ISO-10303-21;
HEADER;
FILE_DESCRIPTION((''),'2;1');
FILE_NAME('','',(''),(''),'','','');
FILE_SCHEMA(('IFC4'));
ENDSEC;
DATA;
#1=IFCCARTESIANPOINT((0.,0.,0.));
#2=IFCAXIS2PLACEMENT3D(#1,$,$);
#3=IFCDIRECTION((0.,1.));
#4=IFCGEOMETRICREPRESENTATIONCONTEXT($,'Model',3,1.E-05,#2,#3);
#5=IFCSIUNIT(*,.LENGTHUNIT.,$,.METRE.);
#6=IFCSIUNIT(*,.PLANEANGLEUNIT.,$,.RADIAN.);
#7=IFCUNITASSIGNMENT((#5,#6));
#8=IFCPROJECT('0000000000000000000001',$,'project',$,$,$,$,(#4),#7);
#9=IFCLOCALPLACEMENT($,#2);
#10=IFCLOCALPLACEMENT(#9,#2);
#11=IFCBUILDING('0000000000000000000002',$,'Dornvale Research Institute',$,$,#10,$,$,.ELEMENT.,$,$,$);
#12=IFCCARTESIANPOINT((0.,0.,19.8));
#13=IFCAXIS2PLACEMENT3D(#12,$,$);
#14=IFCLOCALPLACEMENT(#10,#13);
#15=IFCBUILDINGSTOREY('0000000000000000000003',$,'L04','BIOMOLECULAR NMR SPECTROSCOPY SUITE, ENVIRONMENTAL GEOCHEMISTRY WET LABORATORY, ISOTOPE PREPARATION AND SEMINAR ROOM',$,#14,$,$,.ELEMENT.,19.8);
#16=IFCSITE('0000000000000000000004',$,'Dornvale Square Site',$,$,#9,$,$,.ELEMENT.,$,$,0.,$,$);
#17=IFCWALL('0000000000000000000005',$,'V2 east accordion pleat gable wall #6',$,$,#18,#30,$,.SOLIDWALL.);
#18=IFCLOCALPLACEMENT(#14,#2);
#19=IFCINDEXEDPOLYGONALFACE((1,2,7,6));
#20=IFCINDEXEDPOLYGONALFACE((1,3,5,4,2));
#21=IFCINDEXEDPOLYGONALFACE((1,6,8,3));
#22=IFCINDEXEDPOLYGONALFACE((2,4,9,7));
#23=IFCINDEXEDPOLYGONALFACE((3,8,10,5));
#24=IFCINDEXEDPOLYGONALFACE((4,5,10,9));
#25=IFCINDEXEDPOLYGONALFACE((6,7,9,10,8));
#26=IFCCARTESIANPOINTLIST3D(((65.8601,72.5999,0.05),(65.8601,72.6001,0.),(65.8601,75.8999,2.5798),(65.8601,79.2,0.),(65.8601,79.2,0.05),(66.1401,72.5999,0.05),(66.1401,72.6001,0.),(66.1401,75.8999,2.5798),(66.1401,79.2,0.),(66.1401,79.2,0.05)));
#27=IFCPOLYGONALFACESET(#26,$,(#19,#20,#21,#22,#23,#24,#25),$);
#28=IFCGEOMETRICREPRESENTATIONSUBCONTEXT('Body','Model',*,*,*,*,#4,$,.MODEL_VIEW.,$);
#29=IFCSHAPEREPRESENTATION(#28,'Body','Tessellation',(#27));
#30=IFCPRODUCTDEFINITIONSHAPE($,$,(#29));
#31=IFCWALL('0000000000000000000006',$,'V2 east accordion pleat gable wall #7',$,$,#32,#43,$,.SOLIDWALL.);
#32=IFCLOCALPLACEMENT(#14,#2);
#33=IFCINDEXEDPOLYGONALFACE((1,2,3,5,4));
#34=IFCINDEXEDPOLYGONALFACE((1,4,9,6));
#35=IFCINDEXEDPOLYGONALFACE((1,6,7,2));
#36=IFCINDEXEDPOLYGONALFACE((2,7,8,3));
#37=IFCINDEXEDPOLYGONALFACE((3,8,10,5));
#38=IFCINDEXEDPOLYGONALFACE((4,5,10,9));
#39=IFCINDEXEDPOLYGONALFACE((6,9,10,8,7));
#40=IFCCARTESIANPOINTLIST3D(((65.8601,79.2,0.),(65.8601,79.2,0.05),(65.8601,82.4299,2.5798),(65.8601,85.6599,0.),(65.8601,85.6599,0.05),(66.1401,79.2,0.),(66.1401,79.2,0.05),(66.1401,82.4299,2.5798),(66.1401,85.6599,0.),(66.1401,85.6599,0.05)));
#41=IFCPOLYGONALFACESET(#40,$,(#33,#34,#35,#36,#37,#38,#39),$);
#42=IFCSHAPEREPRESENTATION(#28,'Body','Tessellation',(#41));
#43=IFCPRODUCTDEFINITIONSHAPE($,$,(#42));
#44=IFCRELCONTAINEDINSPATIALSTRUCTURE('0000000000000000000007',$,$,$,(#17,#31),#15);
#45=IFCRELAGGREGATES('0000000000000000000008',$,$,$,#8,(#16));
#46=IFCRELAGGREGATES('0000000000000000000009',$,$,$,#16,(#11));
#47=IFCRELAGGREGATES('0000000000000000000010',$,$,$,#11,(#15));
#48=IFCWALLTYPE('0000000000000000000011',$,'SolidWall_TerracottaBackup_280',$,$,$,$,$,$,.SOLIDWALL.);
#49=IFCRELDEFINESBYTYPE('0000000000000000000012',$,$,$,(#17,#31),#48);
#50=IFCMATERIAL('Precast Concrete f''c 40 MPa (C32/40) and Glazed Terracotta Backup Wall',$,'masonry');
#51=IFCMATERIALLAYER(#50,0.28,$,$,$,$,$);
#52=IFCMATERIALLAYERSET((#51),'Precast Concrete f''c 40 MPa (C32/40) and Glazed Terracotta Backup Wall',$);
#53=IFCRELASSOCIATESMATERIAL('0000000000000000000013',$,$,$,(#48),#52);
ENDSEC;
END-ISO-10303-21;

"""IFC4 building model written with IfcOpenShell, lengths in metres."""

from ifc_helpers import new_model, si_unit, direction, frame, origin, place, context, subcontext, project, spatial, polyline, outline, extrude, material, layer, layer_set, type_object, element, save


model = new_model("IFC4")

# Units and contexts
model_context = context("Model", 3, precision=1e-05, world=origin(), true_north=direction((0.0, 1.0)))
body_context = subcontext(model_context, "Body", "Model", "MODEL_VIEW")
ifc_project = project(units=[si_unit("LENGTHUNIT", "METRE"), si_unit("PLANEANGLEUNIT", "RADIAN")], contexts=[model_context])

# Site, building, storey
site_placement = place(None, origin())
site = spatial("IfcSite", under=ifc_project, at=site_placement, Name="Dornvale Square Site", CompositionType="ELEMENT", RefElevation=0.0)
building_placement = place(site_placement, origin())
building = spatial("IfcBuilding", under=site, at=building_placement, Name="Dornvale Research Institute", CompositionType="ELEMENT")
storey_placement = place(building_placement, frame((0.0, 0.0, 19.8)))
storey = spatial("IfcBuildingStorey", under=building, at=storey_placement, Name="L04", Description="BIOMOLECULAR NMR SPECTROSCOPY SUITE, ENVIRONMENTAL GEOCHEMISTRY WET LABORATORY, ISOTOPE PREPARATION AND SEMINAR ROOM", CompositionType="ELEMENT", Elevation=19.8)

# Walls
ifc_material_1 = material(Name="Precast Concrete f'c 40 MPa (C32/40) and Glazed Terracotta Backup Wall", Category="masonry")
ifc_layer_1 = layer(ifc_material_1, 0.28)
ifc_layer_set_1 = layer_set([ifc_layer_1], Name="Precast Concrete f'c 40 MPa (C32/40) and Glazed Terracotta Backup Wall")
wall_type = type_object("IfcWallType", Name="SolidWall_TerracottaBackup_280", PredefinedType="SOLIDWALL", material=ifc_layer_set_1)
wall_1_placement = place(storey_placement, frame((66.0, 79.2, 0.0), z_axis=(0.0, 0.0, 1.0), x_axis=(0.0, -1.0, 0.0)))
element("IfcWall", 1, at=wall_1_placement, inside=storey, type_object=wall_type, Name="V2 east accordion pleat gable wall #6", PredefinedType="SOLIDWALL", context=body_context, shape_type="SweptSolid", body=[
    extrude(outline(polyline([(0.0, 0.0), (6.5999, 0.0), (6.6001, 0.05), (3.3, 2.5798), (0.0, 0.05), (0.0, 0.0)])), frame((0.0, 0.1401, 0.0), z_axis=(0.0, -1.0, 0.0), x_axis=(1.0, 0.0, 0.0)), (0.0, 0.0, 1.0), 0.28),
])
wall_2_placement = place(storey_placement, frame((66.0, 85.6599, 0.0), z_axis=(0.0, 0.0, 1.0), x_axis=(0.0, -1.0, 0.0)))
element("IfcWall", 2, at=wall_2_placement, inside=storey, type_object=wall_type, Name="V2 east accordion pleat gable wall #7", PredefinedType="SOLIDWALL", context=body_context, shape_type="SweptSolid", body=[
    extrude(outline(polyline([(0.0, 0.0), (6.46, 0.0), (6.46, 0.05), (3.23, 2.5798), (0.0, 0.05), (0.0, 0.0)])), frame((0.0, 0.1401, 0.0), z_axis=(0.0, -1.0, 0.0), x_axis=(1.0, 0.0, 0.0)), (0.0, 0.0, 1.0), 0.28),
])

save(model, "model.ifc")
